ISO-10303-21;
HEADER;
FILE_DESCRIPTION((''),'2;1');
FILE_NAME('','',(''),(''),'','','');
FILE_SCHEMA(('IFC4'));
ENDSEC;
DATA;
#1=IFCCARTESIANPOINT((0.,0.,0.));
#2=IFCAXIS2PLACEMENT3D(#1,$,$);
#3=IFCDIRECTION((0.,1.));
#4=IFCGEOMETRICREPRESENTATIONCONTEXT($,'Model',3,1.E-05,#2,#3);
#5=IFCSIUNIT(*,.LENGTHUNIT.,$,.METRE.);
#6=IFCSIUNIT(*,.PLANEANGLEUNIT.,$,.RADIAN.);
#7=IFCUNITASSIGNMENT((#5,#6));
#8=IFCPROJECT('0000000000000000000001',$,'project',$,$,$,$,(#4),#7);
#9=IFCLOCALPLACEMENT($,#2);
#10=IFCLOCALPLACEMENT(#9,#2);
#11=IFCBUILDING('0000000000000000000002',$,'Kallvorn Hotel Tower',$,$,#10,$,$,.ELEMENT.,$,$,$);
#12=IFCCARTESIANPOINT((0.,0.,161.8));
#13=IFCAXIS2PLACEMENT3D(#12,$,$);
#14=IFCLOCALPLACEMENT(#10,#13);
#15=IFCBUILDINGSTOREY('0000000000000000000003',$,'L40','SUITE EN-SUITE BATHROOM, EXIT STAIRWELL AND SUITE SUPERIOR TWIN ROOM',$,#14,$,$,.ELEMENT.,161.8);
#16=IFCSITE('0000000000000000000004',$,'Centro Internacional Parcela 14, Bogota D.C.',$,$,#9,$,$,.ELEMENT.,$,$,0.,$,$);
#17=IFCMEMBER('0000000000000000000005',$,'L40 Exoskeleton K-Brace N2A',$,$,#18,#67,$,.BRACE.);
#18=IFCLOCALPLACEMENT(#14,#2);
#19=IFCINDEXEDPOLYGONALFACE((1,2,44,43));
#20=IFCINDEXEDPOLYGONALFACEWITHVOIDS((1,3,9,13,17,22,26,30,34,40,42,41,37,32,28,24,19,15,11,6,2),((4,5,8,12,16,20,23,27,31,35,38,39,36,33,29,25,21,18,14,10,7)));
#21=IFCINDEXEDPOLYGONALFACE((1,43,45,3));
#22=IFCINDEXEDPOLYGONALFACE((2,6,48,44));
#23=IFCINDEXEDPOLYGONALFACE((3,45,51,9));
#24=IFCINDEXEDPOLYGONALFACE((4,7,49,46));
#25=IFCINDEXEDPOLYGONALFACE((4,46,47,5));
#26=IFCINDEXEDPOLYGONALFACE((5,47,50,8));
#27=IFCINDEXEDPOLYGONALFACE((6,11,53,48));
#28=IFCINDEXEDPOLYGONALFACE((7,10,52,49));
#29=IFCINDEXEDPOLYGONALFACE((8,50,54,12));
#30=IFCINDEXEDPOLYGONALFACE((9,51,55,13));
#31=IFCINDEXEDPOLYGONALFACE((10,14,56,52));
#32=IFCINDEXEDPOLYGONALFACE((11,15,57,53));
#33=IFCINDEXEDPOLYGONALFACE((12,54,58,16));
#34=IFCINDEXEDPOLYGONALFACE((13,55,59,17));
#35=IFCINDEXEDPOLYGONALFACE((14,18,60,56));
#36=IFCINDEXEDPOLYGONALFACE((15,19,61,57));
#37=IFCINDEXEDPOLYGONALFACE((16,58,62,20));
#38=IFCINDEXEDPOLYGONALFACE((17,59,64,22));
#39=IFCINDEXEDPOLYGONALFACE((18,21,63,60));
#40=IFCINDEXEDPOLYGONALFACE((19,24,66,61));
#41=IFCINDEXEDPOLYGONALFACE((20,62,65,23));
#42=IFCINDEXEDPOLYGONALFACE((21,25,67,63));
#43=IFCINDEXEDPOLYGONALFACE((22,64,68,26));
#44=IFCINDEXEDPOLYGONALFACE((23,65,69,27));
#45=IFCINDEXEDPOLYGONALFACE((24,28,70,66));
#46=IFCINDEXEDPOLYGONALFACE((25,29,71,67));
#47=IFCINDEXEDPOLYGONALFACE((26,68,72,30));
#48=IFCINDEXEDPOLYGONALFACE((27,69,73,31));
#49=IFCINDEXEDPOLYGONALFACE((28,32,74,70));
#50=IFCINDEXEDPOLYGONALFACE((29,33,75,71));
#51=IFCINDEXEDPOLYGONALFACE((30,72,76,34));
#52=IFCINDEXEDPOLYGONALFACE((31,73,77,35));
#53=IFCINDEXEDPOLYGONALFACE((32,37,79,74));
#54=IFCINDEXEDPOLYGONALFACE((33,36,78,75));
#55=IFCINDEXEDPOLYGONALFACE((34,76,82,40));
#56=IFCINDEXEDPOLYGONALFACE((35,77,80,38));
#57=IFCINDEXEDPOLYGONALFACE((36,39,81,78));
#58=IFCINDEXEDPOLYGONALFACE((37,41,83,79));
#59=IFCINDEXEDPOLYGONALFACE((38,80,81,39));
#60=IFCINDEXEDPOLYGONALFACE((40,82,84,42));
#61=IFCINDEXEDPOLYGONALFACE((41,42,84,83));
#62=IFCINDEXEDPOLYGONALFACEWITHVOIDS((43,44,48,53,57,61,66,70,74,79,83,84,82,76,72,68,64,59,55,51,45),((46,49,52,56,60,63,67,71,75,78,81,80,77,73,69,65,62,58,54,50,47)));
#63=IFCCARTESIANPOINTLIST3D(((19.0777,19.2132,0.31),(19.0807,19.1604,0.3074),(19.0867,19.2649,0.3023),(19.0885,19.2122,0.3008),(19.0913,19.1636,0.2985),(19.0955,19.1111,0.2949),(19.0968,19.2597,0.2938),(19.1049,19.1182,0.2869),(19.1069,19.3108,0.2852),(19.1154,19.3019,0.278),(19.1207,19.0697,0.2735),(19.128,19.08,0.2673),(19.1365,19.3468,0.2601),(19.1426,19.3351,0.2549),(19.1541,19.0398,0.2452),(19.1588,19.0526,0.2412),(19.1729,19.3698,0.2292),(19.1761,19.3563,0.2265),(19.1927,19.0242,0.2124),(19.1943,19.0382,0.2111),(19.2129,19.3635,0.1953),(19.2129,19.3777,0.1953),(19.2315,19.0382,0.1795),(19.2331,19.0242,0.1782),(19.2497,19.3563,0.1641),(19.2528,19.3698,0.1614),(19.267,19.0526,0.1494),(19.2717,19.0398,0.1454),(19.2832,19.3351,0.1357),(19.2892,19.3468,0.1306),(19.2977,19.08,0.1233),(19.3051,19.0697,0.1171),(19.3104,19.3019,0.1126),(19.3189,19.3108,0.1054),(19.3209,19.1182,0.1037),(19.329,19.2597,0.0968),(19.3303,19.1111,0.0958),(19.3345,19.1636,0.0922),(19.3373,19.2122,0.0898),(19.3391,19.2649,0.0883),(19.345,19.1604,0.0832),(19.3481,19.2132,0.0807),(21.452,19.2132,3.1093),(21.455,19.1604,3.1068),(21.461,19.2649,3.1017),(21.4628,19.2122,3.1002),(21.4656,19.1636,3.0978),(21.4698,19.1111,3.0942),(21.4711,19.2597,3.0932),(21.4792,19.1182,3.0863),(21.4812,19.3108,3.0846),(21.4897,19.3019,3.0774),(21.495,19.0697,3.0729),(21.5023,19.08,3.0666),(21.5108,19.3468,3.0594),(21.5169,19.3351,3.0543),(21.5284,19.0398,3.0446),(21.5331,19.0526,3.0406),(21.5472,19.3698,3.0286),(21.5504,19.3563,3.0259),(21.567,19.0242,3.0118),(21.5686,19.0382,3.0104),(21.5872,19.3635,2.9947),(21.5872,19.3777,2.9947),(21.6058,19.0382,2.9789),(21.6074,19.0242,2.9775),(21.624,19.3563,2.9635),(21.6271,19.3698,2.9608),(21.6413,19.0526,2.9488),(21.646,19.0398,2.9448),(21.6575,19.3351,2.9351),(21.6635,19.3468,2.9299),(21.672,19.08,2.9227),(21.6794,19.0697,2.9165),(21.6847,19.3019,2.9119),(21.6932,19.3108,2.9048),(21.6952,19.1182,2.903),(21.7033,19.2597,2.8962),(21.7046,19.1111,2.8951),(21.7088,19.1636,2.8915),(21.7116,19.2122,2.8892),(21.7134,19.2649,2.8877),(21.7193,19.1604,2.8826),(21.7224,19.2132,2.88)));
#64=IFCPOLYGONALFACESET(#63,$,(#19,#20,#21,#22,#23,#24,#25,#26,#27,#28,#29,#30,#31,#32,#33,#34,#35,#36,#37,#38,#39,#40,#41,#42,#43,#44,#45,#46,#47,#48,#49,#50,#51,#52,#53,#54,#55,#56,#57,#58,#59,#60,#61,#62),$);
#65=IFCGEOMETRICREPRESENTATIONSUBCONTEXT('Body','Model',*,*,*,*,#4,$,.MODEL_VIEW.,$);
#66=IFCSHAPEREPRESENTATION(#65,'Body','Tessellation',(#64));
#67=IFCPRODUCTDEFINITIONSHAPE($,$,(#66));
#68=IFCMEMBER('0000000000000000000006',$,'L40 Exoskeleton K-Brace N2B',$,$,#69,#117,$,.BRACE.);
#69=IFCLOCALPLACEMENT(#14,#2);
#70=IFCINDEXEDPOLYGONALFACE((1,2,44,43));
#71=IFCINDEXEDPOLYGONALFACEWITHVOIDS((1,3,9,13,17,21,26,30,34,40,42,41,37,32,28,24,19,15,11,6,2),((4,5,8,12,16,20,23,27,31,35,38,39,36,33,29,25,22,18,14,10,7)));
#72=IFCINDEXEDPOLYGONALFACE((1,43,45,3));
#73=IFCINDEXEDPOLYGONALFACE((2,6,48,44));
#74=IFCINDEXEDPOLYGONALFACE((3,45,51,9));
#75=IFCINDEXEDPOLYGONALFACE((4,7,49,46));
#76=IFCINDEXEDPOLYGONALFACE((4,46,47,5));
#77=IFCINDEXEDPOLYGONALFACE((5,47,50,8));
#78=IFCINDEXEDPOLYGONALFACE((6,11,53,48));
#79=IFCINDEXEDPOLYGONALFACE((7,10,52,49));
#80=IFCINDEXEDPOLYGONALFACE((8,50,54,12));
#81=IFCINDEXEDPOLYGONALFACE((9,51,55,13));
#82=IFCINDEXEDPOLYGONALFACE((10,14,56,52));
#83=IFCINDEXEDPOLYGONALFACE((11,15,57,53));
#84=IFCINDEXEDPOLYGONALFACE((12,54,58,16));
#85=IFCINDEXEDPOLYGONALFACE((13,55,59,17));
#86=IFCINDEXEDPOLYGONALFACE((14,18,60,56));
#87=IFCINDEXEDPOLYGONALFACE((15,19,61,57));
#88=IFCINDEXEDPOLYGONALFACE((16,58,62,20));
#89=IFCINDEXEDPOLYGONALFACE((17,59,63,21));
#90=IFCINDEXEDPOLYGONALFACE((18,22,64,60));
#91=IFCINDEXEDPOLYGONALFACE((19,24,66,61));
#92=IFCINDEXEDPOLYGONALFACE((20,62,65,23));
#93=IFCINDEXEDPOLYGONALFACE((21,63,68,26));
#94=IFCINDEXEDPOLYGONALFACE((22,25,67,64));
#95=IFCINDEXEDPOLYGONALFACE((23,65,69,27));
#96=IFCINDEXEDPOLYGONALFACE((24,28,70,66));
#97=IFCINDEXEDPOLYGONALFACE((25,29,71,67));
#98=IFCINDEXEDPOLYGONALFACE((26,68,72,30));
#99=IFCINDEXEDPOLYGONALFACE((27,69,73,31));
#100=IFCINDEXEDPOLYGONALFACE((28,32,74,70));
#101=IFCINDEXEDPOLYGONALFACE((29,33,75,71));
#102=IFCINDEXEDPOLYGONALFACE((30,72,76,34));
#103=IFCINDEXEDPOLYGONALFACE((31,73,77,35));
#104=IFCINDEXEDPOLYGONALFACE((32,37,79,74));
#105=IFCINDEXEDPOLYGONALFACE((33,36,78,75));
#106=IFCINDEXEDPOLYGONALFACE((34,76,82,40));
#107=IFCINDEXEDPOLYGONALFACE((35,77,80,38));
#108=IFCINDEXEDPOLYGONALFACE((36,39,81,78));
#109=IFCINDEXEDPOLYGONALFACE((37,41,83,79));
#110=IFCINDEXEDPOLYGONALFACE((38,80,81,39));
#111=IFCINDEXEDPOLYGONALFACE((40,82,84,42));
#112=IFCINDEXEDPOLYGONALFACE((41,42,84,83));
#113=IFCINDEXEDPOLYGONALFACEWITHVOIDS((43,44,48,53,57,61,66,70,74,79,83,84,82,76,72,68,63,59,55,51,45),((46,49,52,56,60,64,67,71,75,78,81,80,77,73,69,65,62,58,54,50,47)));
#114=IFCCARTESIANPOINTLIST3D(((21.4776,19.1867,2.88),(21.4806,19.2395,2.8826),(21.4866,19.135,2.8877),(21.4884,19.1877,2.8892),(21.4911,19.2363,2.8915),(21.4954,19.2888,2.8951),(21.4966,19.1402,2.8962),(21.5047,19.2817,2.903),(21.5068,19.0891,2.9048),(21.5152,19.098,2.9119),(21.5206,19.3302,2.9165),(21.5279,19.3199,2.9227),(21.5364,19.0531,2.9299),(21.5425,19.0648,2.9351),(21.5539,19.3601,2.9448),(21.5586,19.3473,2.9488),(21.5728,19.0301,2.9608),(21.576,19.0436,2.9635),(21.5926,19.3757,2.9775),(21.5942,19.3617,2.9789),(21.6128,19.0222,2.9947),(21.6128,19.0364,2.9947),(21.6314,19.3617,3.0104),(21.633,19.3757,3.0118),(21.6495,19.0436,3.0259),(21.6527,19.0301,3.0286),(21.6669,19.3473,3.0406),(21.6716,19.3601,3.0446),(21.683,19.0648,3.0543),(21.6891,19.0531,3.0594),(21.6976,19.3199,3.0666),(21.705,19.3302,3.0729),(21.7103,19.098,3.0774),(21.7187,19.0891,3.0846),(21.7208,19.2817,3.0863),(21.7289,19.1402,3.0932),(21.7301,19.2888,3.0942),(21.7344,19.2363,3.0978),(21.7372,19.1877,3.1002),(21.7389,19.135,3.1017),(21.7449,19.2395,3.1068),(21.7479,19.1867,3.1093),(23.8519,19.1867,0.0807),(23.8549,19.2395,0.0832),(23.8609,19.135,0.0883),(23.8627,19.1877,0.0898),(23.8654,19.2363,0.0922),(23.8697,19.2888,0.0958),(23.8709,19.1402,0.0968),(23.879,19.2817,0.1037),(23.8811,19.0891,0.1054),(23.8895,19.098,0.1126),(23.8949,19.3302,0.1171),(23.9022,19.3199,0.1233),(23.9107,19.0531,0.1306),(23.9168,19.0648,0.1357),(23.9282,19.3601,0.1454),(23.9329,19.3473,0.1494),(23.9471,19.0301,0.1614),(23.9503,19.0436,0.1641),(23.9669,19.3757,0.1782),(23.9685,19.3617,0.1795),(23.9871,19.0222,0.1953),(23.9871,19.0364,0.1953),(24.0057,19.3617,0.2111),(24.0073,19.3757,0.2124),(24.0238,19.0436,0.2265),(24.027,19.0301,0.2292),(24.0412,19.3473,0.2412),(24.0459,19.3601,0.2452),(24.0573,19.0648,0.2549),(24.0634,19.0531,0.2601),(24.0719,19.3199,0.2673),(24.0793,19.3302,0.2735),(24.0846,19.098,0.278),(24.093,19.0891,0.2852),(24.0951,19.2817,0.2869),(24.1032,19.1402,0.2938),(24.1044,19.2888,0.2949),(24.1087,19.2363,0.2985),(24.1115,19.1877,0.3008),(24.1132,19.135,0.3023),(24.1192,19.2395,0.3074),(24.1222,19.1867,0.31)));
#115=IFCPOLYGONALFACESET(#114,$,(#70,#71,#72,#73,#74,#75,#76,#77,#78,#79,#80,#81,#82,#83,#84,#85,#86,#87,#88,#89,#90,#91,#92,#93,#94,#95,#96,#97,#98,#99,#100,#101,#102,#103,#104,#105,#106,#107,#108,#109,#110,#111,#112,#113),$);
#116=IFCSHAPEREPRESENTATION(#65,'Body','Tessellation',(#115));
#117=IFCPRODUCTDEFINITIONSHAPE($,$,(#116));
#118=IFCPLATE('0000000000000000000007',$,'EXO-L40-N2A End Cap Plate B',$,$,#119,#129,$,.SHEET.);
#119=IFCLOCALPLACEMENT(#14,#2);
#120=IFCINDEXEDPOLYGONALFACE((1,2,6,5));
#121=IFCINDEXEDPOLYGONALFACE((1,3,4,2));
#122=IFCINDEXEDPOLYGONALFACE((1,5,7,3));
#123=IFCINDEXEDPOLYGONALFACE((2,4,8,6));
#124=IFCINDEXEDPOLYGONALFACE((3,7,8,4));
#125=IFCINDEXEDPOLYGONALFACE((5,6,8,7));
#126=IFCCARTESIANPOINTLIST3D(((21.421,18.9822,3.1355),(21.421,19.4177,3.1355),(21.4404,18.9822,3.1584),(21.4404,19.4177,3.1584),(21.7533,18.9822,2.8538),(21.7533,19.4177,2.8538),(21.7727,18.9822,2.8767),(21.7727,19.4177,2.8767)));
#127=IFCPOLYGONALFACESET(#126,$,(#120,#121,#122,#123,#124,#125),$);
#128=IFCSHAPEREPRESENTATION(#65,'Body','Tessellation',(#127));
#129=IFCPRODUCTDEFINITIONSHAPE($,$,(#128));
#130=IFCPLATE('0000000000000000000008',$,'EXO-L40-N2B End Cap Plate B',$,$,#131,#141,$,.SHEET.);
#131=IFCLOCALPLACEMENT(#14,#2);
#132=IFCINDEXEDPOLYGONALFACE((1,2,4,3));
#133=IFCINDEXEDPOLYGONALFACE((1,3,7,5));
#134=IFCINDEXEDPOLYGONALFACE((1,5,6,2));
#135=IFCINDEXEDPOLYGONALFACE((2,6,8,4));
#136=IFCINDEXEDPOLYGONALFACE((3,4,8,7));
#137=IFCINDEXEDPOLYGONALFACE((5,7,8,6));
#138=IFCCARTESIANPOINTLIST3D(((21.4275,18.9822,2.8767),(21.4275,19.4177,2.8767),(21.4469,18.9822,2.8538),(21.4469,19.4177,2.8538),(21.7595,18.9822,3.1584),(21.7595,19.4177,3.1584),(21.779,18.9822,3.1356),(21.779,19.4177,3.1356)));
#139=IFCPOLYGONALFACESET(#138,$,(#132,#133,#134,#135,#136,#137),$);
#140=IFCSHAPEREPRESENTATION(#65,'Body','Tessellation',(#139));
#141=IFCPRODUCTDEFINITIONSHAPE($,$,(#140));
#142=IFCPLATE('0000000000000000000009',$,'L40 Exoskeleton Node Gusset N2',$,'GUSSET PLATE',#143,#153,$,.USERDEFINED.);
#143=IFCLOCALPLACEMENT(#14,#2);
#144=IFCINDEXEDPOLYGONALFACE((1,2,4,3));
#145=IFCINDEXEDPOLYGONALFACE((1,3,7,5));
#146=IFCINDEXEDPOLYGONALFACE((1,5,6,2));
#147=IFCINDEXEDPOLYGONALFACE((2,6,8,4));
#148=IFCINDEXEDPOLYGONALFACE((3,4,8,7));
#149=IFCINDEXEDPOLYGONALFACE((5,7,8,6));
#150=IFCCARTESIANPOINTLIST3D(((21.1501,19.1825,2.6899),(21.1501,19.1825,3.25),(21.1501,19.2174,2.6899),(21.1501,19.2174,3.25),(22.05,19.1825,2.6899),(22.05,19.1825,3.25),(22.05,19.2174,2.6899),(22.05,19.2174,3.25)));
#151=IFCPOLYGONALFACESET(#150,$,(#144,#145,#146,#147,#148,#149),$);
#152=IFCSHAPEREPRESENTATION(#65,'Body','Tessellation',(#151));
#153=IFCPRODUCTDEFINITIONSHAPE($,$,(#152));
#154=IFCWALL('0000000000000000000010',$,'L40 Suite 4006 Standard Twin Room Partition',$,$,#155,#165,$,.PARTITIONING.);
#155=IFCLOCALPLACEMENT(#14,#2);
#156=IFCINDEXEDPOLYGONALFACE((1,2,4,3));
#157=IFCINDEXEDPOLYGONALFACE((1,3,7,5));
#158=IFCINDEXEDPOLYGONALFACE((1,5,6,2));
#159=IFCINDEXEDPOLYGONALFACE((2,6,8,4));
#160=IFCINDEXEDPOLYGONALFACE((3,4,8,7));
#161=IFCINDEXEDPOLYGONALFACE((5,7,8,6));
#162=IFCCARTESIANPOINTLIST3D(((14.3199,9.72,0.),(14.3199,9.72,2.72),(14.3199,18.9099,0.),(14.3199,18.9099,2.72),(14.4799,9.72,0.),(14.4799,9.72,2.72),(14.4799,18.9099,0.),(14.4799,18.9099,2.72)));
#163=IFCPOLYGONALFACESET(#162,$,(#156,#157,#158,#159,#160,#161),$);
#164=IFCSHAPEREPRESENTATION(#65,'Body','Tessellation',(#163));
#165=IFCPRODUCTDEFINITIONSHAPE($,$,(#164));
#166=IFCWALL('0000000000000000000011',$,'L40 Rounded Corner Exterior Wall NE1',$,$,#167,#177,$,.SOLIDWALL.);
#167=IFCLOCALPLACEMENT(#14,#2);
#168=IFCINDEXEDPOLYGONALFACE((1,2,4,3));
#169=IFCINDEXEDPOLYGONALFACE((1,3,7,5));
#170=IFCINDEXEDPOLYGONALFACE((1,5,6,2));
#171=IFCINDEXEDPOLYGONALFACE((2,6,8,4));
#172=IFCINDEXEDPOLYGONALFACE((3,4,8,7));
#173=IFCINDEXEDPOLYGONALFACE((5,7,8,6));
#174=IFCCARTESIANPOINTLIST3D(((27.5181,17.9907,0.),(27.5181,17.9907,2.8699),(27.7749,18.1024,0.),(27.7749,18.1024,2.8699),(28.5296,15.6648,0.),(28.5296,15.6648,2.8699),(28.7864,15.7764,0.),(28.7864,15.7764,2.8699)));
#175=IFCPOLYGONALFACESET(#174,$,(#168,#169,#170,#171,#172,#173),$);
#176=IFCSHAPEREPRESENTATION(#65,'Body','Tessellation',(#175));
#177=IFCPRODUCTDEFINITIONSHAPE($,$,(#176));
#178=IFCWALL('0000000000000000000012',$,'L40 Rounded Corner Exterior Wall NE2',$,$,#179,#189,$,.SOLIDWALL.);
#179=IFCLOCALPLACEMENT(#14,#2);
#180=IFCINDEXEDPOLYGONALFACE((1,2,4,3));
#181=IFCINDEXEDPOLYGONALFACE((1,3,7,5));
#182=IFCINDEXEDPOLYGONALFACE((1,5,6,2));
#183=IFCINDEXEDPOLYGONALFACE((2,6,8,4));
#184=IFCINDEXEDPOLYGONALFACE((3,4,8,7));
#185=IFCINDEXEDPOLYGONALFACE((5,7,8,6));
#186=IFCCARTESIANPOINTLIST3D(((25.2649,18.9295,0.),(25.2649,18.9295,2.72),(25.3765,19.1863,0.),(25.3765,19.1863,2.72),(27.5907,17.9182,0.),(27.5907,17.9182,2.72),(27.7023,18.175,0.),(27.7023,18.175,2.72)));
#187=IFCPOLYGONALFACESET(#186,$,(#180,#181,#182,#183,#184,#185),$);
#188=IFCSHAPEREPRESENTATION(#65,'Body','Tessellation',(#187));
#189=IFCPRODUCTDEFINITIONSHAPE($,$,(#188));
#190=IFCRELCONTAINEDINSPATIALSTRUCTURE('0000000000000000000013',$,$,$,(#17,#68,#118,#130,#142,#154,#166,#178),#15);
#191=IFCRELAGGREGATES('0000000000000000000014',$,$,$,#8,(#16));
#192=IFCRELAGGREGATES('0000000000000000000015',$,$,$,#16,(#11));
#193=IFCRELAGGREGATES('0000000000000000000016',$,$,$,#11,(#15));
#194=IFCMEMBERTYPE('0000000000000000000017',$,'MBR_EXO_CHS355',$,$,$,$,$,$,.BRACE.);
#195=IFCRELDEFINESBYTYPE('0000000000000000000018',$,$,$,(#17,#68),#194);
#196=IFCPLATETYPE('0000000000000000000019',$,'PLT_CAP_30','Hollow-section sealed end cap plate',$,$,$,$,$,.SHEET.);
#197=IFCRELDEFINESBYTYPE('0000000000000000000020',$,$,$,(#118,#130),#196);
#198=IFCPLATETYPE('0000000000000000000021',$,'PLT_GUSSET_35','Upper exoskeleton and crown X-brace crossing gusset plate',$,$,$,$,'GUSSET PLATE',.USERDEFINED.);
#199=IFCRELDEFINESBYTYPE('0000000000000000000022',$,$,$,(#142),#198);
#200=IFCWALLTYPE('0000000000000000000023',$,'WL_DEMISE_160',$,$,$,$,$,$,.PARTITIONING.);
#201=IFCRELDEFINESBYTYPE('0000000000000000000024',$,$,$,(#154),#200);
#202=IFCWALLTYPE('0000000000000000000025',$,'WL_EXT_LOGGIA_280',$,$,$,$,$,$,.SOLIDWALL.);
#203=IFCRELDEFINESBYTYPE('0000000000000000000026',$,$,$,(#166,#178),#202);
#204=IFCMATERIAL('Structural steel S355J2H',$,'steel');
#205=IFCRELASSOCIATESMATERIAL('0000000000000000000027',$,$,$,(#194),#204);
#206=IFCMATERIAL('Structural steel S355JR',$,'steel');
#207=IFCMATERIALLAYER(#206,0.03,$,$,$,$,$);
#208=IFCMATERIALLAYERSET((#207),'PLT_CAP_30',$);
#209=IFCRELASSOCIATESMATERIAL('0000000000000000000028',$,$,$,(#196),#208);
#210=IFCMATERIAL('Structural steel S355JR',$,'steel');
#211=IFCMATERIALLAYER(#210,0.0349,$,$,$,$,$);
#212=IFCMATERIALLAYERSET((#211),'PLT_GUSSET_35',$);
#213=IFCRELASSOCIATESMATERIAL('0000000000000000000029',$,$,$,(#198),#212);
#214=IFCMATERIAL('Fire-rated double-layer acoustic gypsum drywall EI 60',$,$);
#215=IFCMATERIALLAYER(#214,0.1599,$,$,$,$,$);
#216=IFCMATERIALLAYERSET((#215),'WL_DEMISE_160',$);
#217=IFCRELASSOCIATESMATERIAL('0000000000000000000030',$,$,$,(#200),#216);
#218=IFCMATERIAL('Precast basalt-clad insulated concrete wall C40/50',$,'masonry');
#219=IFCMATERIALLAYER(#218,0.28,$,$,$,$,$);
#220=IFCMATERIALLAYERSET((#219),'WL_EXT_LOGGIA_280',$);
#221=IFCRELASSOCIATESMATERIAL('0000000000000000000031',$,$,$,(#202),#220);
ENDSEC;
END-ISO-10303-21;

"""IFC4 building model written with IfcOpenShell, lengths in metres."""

from ifc_helpers import new_model, si_unit, direction, frame, frame_2d, origin, origin_2d, place, context, subcontext, project, spatial, polyline, rectangle, hollow_circle, outline, extrude, material, layer, layer_set, material_profile, profile_set, type_object, element, save


model = new_model("IFC4")

# Units and contexts
model_context = context("Model", 3, precision=1e-05, world=origin(), true_north=direction((0.0, 1.0)))
body_context = subcontext(model_context, "Body", "Model", "MODEL_VIEW")
ifc_project = project(units=[si_unit("LENGTHUNIT", "METRE"), si_unit("PLANEANGLEUNIT", "RADIAN")], contexts=[model_context])

# Site, building, storey
site_placement = place(None, origin())
site = spatial("IfcSite", under=ifc_project, at=site_placement, Name="Centro Internacional Parcela 14, Bogota D.C.", CompositionType="ELEMENT", RefElevation=0.0)
building_placement = place(site_placement, origin())
building = spatial("IfcBuilding", under=site, at=building_placement, Name="Kallvorn Hotel Tower", CompositionType="ELEMENT")
storey_placement = place(building_placement, frame((0.0, 0.0, 161.8)))
storey = spatial("IfcBuildingStorey", under=building, at=storey_placement, Name="L40", Description="SUITE EN-SUITE BATHROOM, EXIT STAIRWELL AND SUITE SUPERIOR TWIN ROOM", CompositionType="ELEMENT", Elevation=161.8)

# Members
ifc_material_1 = material(Name="Structural steel S355J2H", Category="steel")
ifc_material_profile_1 = material_profile(ifc_material_1, hollow_circle(Radius=0.1777, WallThickness=0.0142, at=origin_2d()), Name="CHS 355.6x14.2")
ifc_profile_set_1 = profile_set([ifc_material_profile_1], Name="Structural steel S355J2H")
member_type_1 = type_object("IfcMemberType", Name="MBR_EXO_CHS355", PredefinedType="BRACE", material=ifc_profile_set_1)
for number, where, z_axis, x_axis, name in (
    (1, (19.2129, 19.2, 0.1953), (0.646833, 0.0, 0.762631), (0.0, 1.0, 0.0), "L40 Exoskeleton K-Brace N2A"),
    (2, (23.9871, 19.2, 0.1953), (-0.646833, 0.0, 0.762631), (0.0, -1.0, 0.0), "L40 Exoskeleton K-Brace N2B"),
):
    element("IfcMember", number, at=place(storey_placement, frame(where, z_axis=z_axis, x_axis=x_axis)), inside=storey, type_object=member_type_1, Name=name, PredefinedType="BRACE", context=body_context, shape_type="SweptSolid", body=[
        extrude(hollow_circle(Radius=0.1777, WallThickness=0.0142, at=origin_2d()), origin(), (0.0, 0.0, 1.0), 3.6707),
    ])

# Plates
ifc_material_2 = material(Name="Structural steel S355JR", Category="steel")
ifc_layer_1 = layer(ifc_material_2, 0.03)
ifc_layer_set_1 = layer_set([ifc_layer_1], Name="PLT_CAP_30")
plate_type_1 = type_object("IfcPlateType", Name="PLT_CAP_30", Description="Hollow-section sealed end cap plate", PredefinedType="SHEET", material=ifc_layer_set_1)
plate_1_placement = place(storey_placement, frame((21.7727, 18.9822, 2.8767), z_axis=(0.646721, 0.0, 0.762727), x_axis=(0.0, 1.0, 0.0)))
element("IfcPlate", 3, at=plate_1_placement, inside=storey, type_object=plate_type_1, Name="EXO-L40-N2A End Cap Plate B", PredefinedType="SHEET", context=body_context, shape_type="SweptSolid", body=[
    extrude(outline(polyline([(0.0, 0.0), (0.4355, 0.0), (0.4355, 0.4356), (0.0, 0.4356), (0.0, 0.0)])), origin(), (0.0, 0.0, -1.0), 0.03),
])
plate_2_placement = place(storey_placement, frame((21.4275, 19.4177, 2.8767), z_axis=(-0.646997, 0.0, 0.762492), x_axis=(0.0, -1.0, 0.0)))
element("IfcPlate", 4, at=plate_2_placement, inside=storey, type_object=plate_type_1, Name="EXO-L40-N2B End Cap Plate B", PredefinedType="SHEET", context=body_context, shape_type="SweptSolid", body=[
    extrude(outline(polyline([(0.0, 0.0), (0.4355, 0.0), (0.4355, 0.4355), (0.0, 0.4355), (0.0, 0.0)])), origin(), (0.0, 0.0, -1.0), 0.03),
])
ifc_material_3 = material(Name="Structural steel S355JR", Category="steel")
ifc_layer_2 = layer(ifc_material_3, 0.0349)
ifc_layer_set_2 = layer_set([ifc_layer_2], Name="PLT_GUSSET_35")
plate_type_2 = type_object("IfcPlateType", Name="PLT_GUSSET_35", Description="Upper exoskeleton and crown X-brace crossing gusset plate", ElementType="GUSSET PLATE", PredefinedType="USERDEFINED", material=ifc_layer_set_2)
plate_3_placement = place(storey_placement, frame((21.6001, 19.2, 2.6899), z_axis=(0.0, 0.0, 1.0), x_axis=(1.0, 0.0, 0.0)))
element("IfcPlate", 5, at=plate_3_placement, inside=storey, type_object=plate_type_2, Name="L40 Exoskeleton Node Gusset N2", ObjectType="GUSSET PLATE", PredefinedType="USERDEFINED", context=body_context, shape_type="SweptSolid", body=[
    extrude(rectangle(XDim=0.8999, YDim=0.0349, at=origin_2d()), origin(), (0.0, 0.0, 1.0), 0.5601),
])

# Walls
ifc_material_4 = material(Name="Fire-rated double-layer acoustic gypsum drywall EI 60")
ifc_layer_3 = layer(ifc_material_4, 0.1599)
ifc_layer_set_3 = layer_set([ifc_layer_3], Name="WL_DEMISE_160")
wall_type_1 = type_object("IfcWallType", Name="WL_DEMISE_160", PredefinedType="PARTITIONING", material=ifc_layer_set_3)
wall_1_placement = place(storey_placement, frame((14.3999, 9.72, 0.0), z_axis=(0.0, 0.0, 1.0), x_axis=(0.0, 1.0, 0.0)))
element("IfcWall", 6, at=wall_1_placement, inside=storey, type_object=wall_type_1, Name="L40 Suite 4006 Standard Twin Room Partition", PredefinedType="PARTITIONING", context=body_context, shape_type="SweptSolid", body=[
    extrude(rectangle(XDim=9.1899, YDim=0.1599, at=frame_2d((4.595, 0.0))), origin(), (0.0, 0.0, 1.0), 2.72),
])
ifc_material_5 = material(Name="Precast basalt-clad insulated concrete wall C40/50", Category="masonry")
ifc_layer_4 = layer(ifc_material_5, 0.28)
ifc_layer_set_4 = layer_set([ifc_layer_4], Name="WL_EXT_LOGGIA_280")
wall_type_2 = type_object("IfcWallType", Name="WL_EXT_LOGGIA_280", PredefinedType="SOLIDWALL", material=ifc_layer_set_4)
wall_2_placement = place(storey_placement, frame((28.658, 15.7207, 0.0), z_axis=(0.0, 0.0, 1.0), x_axis=(-0.398793, 0.917041, 0.0)))
element("IfcWall", 7, at=wall_2_placement, inside=storey, type_object=wall_type_2, Name="L40 Rounded Corner Exterior Wall NE1", PredefinedType="SOLIDWALL", context=body_context, shape_type="SweptSolid", body=[
    extrude(rectangle(XDim=2.5364, YDim=0.28, at=frame_2d((1.2681, 0.0))), origin(), (0.0, 0.0, 1.0), 2.8699),
])
wall_3_placement = place(storey_placement, frame((27.6465, 18.0466, 0.0), z_axis=(0.0, 0.0, 1.0), x_axis=(-0.917061, 0.398747, 0.0)))
element("IfcWall", 8, at=wall_3_placement, inside=storey, type_object=wall_type_2, Name="L40 Rounded Corner Exterior Wall NE2", PredefinedType="SOLIDWALL", context=body_context, shape_type="SweptSolid", body=[
    extrude(rectangle(XDim=2.5361, YDim=0.28, at=frame_2d((1.2681, 0.0))), origin(), (0.0, 0.0, 1.0), 2.72),
])

save(model, "model.ifc")
